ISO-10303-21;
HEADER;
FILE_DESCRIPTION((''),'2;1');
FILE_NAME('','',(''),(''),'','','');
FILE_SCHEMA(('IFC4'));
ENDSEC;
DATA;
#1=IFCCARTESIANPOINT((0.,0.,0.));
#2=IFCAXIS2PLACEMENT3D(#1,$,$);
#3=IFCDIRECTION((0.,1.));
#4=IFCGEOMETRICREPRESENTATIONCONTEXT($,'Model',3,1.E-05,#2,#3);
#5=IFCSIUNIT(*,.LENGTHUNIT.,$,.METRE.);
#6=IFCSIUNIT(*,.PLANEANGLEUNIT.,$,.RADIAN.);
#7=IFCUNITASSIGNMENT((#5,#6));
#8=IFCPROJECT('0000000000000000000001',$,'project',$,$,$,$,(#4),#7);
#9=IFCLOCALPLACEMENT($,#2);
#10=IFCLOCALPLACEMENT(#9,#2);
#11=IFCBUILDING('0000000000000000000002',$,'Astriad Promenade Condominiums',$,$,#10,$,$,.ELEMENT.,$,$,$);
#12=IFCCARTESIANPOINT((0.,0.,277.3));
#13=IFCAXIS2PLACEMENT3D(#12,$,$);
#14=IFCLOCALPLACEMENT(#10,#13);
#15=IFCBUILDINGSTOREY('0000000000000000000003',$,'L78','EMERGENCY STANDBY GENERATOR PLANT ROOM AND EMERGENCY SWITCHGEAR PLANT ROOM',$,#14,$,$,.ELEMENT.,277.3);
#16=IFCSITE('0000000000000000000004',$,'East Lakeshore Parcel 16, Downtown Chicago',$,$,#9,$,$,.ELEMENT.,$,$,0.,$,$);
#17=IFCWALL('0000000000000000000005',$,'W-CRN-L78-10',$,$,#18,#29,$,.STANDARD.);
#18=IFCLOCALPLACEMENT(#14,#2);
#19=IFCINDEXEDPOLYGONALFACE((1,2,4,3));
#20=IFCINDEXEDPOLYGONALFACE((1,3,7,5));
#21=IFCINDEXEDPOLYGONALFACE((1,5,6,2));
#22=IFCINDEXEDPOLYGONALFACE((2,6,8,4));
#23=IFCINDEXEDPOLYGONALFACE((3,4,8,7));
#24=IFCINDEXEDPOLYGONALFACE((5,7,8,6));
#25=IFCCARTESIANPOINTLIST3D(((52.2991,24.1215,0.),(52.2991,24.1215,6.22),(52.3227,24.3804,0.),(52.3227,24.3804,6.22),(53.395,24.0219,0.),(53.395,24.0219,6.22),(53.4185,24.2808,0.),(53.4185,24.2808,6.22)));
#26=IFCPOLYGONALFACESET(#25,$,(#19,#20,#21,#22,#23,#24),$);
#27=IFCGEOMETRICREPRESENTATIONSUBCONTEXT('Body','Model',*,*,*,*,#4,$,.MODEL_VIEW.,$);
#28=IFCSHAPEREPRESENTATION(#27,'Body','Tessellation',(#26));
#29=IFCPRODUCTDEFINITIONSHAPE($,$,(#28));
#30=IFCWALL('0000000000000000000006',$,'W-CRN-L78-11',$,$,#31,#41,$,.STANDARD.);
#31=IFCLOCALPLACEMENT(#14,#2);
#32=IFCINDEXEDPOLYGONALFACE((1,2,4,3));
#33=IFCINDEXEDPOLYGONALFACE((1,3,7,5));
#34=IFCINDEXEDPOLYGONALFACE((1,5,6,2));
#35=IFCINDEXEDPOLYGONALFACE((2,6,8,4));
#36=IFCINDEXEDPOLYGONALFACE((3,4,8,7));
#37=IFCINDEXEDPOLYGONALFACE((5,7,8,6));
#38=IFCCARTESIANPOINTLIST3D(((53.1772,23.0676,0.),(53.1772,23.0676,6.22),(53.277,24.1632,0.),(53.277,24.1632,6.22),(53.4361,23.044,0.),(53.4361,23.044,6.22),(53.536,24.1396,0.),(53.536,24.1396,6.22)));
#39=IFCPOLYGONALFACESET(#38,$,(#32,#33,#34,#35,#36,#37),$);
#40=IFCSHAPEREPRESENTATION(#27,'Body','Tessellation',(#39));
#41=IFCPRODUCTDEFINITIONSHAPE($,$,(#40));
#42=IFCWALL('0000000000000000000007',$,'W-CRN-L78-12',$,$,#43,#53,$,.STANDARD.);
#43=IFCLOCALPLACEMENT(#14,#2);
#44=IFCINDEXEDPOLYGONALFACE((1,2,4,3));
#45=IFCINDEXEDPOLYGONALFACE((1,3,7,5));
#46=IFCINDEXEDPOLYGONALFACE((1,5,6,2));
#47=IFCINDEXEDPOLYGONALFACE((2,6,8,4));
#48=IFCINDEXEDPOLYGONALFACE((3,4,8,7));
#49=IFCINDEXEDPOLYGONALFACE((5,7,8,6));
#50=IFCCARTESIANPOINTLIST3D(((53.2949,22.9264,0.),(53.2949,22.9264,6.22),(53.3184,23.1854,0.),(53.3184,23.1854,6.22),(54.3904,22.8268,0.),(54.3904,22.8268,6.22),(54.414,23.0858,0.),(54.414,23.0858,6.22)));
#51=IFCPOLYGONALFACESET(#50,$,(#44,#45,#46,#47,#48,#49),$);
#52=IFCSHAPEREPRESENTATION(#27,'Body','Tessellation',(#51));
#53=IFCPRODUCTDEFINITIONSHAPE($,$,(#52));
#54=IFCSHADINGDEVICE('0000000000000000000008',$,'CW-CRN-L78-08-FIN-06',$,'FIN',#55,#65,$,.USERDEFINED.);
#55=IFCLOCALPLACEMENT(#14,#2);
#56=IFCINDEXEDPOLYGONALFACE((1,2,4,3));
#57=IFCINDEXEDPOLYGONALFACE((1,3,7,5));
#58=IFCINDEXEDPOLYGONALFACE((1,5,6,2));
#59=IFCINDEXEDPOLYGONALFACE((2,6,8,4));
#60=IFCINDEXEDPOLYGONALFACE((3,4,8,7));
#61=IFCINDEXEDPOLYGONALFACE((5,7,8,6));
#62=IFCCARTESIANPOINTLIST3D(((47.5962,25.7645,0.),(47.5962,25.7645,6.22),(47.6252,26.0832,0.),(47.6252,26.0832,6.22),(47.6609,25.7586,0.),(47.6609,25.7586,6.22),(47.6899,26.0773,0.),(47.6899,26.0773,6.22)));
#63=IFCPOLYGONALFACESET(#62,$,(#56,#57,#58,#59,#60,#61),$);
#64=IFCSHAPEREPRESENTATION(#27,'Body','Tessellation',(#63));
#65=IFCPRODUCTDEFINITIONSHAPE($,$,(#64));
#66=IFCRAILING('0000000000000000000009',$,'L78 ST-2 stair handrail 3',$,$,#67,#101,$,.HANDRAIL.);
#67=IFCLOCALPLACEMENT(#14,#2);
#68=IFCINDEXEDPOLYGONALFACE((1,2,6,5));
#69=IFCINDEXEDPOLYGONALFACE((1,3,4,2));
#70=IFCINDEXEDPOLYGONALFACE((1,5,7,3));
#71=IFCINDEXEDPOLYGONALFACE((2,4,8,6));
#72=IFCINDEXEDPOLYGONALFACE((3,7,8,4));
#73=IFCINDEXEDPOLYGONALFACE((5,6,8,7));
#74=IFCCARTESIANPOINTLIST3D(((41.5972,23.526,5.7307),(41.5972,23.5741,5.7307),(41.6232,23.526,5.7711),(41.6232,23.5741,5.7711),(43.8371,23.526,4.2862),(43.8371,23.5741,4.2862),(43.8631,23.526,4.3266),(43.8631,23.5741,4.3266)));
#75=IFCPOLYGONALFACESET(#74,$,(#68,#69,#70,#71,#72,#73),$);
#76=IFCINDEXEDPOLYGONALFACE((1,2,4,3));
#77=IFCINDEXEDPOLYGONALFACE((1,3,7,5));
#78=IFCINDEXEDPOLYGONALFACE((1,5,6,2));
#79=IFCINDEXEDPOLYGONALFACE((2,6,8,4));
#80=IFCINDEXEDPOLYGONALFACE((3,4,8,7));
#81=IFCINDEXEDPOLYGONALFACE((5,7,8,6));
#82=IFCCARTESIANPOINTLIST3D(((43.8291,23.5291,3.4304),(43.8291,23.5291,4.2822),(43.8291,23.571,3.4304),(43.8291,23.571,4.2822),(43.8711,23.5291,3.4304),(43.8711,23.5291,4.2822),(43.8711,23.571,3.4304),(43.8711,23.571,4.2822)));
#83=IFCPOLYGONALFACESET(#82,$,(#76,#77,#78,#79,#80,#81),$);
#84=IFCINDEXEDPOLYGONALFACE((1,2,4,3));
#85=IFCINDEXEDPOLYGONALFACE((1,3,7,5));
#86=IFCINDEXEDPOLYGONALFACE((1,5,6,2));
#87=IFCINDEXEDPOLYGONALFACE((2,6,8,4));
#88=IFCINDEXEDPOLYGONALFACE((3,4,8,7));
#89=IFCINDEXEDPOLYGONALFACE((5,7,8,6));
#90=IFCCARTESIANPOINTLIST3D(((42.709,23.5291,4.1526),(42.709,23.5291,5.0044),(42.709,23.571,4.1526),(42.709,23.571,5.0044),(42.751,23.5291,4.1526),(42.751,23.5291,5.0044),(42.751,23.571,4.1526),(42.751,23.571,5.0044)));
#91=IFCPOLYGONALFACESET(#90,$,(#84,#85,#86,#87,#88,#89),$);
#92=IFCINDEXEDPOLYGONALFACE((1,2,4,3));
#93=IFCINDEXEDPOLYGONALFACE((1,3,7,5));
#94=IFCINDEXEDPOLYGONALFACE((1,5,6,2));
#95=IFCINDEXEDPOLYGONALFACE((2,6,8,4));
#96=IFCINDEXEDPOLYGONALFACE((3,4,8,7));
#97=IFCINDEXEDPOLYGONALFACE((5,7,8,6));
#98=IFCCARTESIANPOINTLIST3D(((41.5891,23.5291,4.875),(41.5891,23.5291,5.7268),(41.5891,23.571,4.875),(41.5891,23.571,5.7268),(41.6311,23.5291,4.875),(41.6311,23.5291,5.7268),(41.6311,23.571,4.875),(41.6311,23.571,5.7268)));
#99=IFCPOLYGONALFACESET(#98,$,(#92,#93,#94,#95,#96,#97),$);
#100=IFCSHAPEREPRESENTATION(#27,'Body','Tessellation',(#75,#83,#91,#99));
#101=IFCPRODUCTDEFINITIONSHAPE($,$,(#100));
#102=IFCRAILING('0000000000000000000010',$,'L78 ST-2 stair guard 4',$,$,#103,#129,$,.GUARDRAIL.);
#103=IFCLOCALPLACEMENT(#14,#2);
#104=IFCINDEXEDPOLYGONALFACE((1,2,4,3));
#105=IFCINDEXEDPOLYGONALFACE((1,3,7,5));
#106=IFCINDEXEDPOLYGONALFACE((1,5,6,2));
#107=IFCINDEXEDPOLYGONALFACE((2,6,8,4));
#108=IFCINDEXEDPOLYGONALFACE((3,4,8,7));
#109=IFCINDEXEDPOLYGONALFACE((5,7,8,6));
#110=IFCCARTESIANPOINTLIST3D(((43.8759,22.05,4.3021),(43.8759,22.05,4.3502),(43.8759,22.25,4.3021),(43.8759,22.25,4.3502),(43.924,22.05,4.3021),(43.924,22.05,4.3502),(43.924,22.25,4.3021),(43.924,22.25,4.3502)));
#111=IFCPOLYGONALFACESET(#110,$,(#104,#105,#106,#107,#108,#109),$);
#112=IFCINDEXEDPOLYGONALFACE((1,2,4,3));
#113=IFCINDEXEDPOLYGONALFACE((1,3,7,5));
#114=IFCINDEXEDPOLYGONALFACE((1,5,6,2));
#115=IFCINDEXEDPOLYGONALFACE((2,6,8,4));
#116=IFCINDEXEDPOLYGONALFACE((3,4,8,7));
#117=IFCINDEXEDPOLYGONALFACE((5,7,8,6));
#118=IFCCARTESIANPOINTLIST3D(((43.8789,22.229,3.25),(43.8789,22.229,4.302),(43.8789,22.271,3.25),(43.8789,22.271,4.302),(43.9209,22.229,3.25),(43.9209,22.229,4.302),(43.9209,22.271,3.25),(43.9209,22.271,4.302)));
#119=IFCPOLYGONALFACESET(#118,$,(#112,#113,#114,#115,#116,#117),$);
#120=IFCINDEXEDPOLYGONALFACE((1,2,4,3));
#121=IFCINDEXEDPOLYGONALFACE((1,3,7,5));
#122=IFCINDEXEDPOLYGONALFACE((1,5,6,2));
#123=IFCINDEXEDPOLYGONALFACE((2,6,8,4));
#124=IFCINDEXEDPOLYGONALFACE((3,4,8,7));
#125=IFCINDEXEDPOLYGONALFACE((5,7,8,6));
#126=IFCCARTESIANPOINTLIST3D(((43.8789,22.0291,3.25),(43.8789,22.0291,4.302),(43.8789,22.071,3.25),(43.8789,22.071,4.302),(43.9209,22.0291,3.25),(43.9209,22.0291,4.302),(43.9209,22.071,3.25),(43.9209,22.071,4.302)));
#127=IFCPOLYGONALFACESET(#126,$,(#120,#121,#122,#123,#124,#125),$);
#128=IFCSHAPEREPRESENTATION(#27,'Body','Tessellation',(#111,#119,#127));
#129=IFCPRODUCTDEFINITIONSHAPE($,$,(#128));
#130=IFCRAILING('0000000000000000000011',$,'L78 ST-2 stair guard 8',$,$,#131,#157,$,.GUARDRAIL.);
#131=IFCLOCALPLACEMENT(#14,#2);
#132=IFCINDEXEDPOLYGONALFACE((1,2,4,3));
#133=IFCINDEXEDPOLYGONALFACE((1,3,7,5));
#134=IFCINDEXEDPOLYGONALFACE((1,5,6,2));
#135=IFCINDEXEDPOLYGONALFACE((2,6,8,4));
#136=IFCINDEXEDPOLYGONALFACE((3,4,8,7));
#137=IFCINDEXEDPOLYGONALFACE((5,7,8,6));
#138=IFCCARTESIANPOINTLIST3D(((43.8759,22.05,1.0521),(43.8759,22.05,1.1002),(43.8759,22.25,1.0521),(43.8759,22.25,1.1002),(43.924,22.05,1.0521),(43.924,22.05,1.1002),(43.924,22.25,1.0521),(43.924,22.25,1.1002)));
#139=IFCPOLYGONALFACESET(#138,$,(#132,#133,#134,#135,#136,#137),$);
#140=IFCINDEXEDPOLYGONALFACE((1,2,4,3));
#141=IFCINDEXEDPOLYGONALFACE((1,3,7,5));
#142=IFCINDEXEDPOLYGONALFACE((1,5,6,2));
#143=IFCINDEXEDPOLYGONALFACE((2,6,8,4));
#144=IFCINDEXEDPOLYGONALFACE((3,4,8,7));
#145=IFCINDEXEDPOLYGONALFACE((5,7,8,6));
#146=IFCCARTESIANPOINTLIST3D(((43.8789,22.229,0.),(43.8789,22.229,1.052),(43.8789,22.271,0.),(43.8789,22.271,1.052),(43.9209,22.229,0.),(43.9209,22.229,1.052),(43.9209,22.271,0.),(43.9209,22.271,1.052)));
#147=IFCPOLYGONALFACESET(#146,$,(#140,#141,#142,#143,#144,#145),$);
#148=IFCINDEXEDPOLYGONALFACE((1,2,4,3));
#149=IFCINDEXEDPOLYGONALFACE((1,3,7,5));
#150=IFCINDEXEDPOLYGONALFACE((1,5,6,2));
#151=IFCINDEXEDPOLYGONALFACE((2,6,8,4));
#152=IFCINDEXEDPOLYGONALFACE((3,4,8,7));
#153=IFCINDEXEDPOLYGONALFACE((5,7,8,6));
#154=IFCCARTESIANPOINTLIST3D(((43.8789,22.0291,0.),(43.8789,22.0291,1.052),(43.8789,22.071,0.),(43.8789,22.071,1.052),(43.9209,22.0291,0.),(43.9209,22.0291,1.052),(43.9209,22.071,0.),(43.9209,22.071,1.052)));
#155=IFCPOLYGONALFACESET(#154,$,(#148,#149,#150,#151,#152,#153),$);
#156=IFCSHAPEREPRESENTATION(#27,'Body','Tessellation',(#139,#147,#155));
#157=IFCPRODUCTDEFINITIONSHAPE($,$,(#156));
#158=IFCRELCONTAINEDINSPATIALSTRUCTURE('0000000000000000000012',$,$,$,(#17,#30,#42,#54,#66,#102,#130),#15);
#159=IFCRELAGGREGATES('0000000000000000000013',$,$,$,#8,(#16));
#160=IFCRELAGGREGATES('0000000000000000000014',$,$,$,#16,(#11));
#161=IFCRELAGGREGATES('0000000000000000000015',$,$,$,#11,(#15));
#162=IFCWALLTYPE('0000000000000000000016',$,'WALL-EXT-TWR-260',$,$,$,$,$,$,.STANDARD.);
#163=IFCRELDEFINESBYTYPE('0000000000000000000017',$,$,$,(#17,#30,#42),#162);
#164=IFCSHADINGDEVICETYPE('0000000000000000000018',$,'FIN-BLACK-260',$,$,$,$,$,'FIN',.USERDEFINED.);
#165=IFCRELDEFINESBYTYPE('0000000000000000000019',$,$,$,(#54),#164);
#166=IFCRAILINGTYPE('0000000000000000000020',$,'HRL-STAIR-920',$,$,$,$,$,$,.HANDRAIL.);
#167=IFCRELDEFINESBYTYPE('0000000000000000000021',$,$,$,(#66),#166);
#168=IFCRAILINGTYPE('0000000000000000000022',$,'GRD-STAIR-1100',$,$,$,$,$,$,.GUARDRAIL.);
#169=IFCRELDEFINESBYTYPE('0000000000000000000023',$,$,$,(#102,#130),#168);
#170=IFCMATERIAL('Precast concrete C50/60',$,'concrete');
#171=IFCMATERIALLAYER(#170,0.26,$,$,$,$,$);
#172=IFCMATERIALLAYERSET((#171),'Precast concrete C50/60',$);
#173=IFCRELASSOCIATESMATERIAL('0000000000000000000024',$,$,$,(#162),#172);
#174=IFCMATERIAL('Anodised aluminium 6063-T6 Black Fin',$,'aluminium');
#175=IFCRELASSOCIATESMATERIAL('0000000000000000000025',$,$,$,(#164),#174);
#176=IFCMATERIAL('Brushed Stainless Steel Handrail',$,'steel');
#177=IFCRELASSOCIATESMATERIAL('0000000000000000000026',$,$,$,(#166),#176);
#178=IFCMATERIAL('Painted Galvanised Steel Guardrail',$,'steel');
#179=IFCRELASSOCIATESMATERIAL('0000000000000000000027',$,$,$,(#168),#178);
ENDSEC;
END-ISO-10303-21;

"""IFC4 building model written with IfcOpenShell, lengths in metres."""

from ifc_helpers import new_model, si_unit, direction, frame, frame_2d, origin, origin_2d, place, context, subcontext, project, spatial, rectangle, extrude, source, transform, mapped, material, layer, layer_set, type_object, type_shapes, element, save


model = new_model("IFC4")

# Units and contexts
model_context = context("Model", 3, precision=1e-05, world=origin(), true_north=direction((0.0, 1.0)))
body_context = subcontext(model_context, "Body", "Model", "MODEL_VIEW")
ifc_project = project(units=[si_unit("LENGTHUNIT", "METRE"), si_unit("PLANEANGLEUNIT", "RADIAN")], contexts=[model_context])

# Site, building, storey
site_placement = place(None, origin())
site = spatial("IfcSite", under=ifc_project, at=site_placement, Name="East Lakeshore Parcel 16, Downtown Chicago", CompositionType="ELEMENT", RefElevation=0.0)
building_placement = place(site_placement, origin())
building = spatial("IfcBuilding", under=site, at=building_placement, Name="Astriad Promenade Condominiums", CompositionType="ELEMENT")
storey_placement = place(building_placement, frame((0.0, 0.0, 277.3)))
storey = spatial("IfcBuildingStorey", under=building, at=storey_placement, Name="L78", Description="EMERGENCY STANDBY GENERATOR PLANT ROOM AND EMERGENCY SWITCHGEAR PLANT ROOM", CompositionType="ELEMENT", Elevation=277.3)

# Walls
ifc_material_1 = material(Name="Precast concrete C50/60", Category="concrete")
ifc_layer_1 = layer(ifc_material_1, 0.26)
ifc_layer_set_1 = layer_set([ifc_layer_1], Name="Precast concrete C50/60")
wall_type_1 = type_object("IfcWallType", Name="WALL-EXT-TWR-260", PredefinedType="STANDARD", material=ifc_layer_set_1)
wall_1_placement = place(storey_placement, frame((52.3108, 24.251, 0.0), z_axis=(0.0, 0.0, 1.0), x_axis=(0.995893, -0.090536, 0.0)))
element("IfcWall", 1, at=wall_1_placement, inside=storey, type_object=wall_type_1, Name="W-CRN-L78-10", PredefinedType="STANDARD", context=body_context, shape_type="SweptSolid", body=[
    extrude(rectangle(XDim=1.1003, YDim=0.26, at=frame_2d((0.5503, 0.0))), origin(), (0.0, 0.0, 1.0), 6.22),
])
for number, where, z_axis, x_axis, name in (
    (2, (53.4065, 24.1514, 0.0), (0.0, 0.0, 1.0), (-0.090776, -0.995871, 0.0), "W-CRN-L78-11"),
    (3, (53.3066, 23.0559, 0.0), (0.0, 0.0, 1.0), (0.995891, -0.090556, 0.0), "W-CRN-L78-12"),
):
    element("IfcWall", number, at=place(storey_placement, frame(where, z_axis=z_axis, x_axis=x_axis)), inside=storey, type_object=wall_type_1, Name=name, PredefinedType="STANDARD", context=body_context, shape_type="SweptSolid", body=[
        extrude(rectangle(XDim=1.1001, YDim=0.26, at=frame_2d((0.55, 0.0))), origin(), (0.0, 0.0, 1.0), 6.22),
    ])

# Shading device
ifc_material_2 = material(Name="Anodised aluminium 6063-T6 Black Fin", Category="aluminium")
shading_device_type = type_object("IfcShadingDeviceType", Name="FIN-BLACK-260", ElementType="FIN", PredefinedType="USERDEFINED", material=ifc_material_2)
shared_shape_1 = source(origin(), body_context, "Body", "SweptSolid", [
    extrude(rectangle(XDim=0.0649, YDim=0.3201, at=origin_2d()), origin(), (0.0, 0.0, 1.0), 6.22),
])
type_shapes(shading_device_type, [shared_shape_1])
shading_device_placement = place(storey_placement, frame((47.6431, 25.9209, 0.0), z_axis=(0.0, 0.0, 1.0), x_axis=(0.995884, -0.090633, 0.0)))
element("IfcShadingDevice", 4, at=shading_device_placement, inside=storey, type_object=shading_device_type, Name="CW-CRN-L78-08-FIN-06", ObjectType="FIN", PredefinedType="USERDEFINED", context=body_context, shape_type="MappedRepresentation", body=[
    mapped(shared_shape_1, transform((0.0, 0.0, 0.0), scale=1.0)),
])

# Railings
ifc_material_3 = material(Name="Brushed Stainless Steel Handrail", Category="steel")
railing_type_1 = type_object("IfcRailingType", Name="HRL-STAIR-920", PredefinedType="HANDRAIL", material=ifc_material_3)
shared_shape_2 = source(origin(), body_context, "Body", "SweptSolid", [
    extrude(rectangle(XDim=0.0481, YDim=0.0481, at=origin_2d()), frame((0.0, 0.0, 0.876), z_axis=(-0.840395, 0.0, 0.541975), x_axis=(0.0, -1.0, 0.0)), (0.0, 0.0, 1.0), 2.6653),
    extrude(rectangle(XDim=0.042, YDim=0.042, at=origin_2d()), origin(), (0.0, 0.0, 1.0), 0.8518),
    extrude(rectangle(XDim=0.042, YDim=0.042, at=origin_2d()), frame((-1.1201, 0.0, 0.7222)), (0.0, 0.0, 1.0), 0.8518),
    extrude(rectangle(XDim=0.042, YDim=0.042, at=origin_2d()), frame((-2.24, 0.0, 1.4446)), (0.0, 0.0, 1.0), 0.8518),
])
type_shapes(railing_type_1, [shared_shape_2])
railing_placement = place(storey_placement, frame((43.8501, 23.55, 3.4304)))
element("IfcRailing", 5, at=railing_placement, inside=storey, type_object=railing_type_1, Name="L78 ST-2 stair handrail 3", PredefinedType="HANDRAIL", context=body_context, shape_type="MappedRepresentation", body=[
    mapped(shared_shape_2, transform((0.0, 0.0, 0.0), scale=1.0)),
])
ifc_material_4 = material(Name="Painted Galvanised Steel Guardrail", Category="steel")
railing_type_2 = type_object("IfcRailingType", Name="GRD-STAIR-1100", PredefinedType="GUARDRAIL", material=ifc_material_4)
shared_shape_3 = source(origin(), body_context, "Body", "SweptSolid", [
    extrude(rectangle(XDim=0.0481, YDim=0.0481, at=origin_2d()), frame((0.0, 0.0, 1.0762), z_axis=(0.0, -1.0, 0.0), x_axis=(1.0, 0.0, 0.0)), (0.0, 0.0, 1.0), 0.2),
    extrude(rectangle(XDim=0.042, YDim=0.042, at=origin_2d()), origin(), (0.0, 0.0, 1.0), 1.052),
    extrude(rectangle(XDim=0.042, YDim=0.042, at=origin_2d()), frame((0.0, -0.2, 0.0)), (0.0, 0.0, 1.0), 1.052),
])
type_shapes(railing_type_2, [shared_shape_3])
for number, where, name in (
    (6, (43.8999, 22.25, 3.25), "L78 ST-2 stair guard 4"),
    (7, (43.8999, 22.25, 0.0), "L78 ST-2 stair guard 8"),
):
    element("IfcRailing", number, at=place(storey_placement, frame(where)), inside=storey, type_object=railing_type_2, Name=name, PredefinedType="GUARDRAIL", context=body_context, shape_type="MappedRepresentation", body=[
        mapped(shared_shape_3, transform((0.0, 0.0, 0.0), scale=1.0)),
    ])

save(model, "model.ifc")
